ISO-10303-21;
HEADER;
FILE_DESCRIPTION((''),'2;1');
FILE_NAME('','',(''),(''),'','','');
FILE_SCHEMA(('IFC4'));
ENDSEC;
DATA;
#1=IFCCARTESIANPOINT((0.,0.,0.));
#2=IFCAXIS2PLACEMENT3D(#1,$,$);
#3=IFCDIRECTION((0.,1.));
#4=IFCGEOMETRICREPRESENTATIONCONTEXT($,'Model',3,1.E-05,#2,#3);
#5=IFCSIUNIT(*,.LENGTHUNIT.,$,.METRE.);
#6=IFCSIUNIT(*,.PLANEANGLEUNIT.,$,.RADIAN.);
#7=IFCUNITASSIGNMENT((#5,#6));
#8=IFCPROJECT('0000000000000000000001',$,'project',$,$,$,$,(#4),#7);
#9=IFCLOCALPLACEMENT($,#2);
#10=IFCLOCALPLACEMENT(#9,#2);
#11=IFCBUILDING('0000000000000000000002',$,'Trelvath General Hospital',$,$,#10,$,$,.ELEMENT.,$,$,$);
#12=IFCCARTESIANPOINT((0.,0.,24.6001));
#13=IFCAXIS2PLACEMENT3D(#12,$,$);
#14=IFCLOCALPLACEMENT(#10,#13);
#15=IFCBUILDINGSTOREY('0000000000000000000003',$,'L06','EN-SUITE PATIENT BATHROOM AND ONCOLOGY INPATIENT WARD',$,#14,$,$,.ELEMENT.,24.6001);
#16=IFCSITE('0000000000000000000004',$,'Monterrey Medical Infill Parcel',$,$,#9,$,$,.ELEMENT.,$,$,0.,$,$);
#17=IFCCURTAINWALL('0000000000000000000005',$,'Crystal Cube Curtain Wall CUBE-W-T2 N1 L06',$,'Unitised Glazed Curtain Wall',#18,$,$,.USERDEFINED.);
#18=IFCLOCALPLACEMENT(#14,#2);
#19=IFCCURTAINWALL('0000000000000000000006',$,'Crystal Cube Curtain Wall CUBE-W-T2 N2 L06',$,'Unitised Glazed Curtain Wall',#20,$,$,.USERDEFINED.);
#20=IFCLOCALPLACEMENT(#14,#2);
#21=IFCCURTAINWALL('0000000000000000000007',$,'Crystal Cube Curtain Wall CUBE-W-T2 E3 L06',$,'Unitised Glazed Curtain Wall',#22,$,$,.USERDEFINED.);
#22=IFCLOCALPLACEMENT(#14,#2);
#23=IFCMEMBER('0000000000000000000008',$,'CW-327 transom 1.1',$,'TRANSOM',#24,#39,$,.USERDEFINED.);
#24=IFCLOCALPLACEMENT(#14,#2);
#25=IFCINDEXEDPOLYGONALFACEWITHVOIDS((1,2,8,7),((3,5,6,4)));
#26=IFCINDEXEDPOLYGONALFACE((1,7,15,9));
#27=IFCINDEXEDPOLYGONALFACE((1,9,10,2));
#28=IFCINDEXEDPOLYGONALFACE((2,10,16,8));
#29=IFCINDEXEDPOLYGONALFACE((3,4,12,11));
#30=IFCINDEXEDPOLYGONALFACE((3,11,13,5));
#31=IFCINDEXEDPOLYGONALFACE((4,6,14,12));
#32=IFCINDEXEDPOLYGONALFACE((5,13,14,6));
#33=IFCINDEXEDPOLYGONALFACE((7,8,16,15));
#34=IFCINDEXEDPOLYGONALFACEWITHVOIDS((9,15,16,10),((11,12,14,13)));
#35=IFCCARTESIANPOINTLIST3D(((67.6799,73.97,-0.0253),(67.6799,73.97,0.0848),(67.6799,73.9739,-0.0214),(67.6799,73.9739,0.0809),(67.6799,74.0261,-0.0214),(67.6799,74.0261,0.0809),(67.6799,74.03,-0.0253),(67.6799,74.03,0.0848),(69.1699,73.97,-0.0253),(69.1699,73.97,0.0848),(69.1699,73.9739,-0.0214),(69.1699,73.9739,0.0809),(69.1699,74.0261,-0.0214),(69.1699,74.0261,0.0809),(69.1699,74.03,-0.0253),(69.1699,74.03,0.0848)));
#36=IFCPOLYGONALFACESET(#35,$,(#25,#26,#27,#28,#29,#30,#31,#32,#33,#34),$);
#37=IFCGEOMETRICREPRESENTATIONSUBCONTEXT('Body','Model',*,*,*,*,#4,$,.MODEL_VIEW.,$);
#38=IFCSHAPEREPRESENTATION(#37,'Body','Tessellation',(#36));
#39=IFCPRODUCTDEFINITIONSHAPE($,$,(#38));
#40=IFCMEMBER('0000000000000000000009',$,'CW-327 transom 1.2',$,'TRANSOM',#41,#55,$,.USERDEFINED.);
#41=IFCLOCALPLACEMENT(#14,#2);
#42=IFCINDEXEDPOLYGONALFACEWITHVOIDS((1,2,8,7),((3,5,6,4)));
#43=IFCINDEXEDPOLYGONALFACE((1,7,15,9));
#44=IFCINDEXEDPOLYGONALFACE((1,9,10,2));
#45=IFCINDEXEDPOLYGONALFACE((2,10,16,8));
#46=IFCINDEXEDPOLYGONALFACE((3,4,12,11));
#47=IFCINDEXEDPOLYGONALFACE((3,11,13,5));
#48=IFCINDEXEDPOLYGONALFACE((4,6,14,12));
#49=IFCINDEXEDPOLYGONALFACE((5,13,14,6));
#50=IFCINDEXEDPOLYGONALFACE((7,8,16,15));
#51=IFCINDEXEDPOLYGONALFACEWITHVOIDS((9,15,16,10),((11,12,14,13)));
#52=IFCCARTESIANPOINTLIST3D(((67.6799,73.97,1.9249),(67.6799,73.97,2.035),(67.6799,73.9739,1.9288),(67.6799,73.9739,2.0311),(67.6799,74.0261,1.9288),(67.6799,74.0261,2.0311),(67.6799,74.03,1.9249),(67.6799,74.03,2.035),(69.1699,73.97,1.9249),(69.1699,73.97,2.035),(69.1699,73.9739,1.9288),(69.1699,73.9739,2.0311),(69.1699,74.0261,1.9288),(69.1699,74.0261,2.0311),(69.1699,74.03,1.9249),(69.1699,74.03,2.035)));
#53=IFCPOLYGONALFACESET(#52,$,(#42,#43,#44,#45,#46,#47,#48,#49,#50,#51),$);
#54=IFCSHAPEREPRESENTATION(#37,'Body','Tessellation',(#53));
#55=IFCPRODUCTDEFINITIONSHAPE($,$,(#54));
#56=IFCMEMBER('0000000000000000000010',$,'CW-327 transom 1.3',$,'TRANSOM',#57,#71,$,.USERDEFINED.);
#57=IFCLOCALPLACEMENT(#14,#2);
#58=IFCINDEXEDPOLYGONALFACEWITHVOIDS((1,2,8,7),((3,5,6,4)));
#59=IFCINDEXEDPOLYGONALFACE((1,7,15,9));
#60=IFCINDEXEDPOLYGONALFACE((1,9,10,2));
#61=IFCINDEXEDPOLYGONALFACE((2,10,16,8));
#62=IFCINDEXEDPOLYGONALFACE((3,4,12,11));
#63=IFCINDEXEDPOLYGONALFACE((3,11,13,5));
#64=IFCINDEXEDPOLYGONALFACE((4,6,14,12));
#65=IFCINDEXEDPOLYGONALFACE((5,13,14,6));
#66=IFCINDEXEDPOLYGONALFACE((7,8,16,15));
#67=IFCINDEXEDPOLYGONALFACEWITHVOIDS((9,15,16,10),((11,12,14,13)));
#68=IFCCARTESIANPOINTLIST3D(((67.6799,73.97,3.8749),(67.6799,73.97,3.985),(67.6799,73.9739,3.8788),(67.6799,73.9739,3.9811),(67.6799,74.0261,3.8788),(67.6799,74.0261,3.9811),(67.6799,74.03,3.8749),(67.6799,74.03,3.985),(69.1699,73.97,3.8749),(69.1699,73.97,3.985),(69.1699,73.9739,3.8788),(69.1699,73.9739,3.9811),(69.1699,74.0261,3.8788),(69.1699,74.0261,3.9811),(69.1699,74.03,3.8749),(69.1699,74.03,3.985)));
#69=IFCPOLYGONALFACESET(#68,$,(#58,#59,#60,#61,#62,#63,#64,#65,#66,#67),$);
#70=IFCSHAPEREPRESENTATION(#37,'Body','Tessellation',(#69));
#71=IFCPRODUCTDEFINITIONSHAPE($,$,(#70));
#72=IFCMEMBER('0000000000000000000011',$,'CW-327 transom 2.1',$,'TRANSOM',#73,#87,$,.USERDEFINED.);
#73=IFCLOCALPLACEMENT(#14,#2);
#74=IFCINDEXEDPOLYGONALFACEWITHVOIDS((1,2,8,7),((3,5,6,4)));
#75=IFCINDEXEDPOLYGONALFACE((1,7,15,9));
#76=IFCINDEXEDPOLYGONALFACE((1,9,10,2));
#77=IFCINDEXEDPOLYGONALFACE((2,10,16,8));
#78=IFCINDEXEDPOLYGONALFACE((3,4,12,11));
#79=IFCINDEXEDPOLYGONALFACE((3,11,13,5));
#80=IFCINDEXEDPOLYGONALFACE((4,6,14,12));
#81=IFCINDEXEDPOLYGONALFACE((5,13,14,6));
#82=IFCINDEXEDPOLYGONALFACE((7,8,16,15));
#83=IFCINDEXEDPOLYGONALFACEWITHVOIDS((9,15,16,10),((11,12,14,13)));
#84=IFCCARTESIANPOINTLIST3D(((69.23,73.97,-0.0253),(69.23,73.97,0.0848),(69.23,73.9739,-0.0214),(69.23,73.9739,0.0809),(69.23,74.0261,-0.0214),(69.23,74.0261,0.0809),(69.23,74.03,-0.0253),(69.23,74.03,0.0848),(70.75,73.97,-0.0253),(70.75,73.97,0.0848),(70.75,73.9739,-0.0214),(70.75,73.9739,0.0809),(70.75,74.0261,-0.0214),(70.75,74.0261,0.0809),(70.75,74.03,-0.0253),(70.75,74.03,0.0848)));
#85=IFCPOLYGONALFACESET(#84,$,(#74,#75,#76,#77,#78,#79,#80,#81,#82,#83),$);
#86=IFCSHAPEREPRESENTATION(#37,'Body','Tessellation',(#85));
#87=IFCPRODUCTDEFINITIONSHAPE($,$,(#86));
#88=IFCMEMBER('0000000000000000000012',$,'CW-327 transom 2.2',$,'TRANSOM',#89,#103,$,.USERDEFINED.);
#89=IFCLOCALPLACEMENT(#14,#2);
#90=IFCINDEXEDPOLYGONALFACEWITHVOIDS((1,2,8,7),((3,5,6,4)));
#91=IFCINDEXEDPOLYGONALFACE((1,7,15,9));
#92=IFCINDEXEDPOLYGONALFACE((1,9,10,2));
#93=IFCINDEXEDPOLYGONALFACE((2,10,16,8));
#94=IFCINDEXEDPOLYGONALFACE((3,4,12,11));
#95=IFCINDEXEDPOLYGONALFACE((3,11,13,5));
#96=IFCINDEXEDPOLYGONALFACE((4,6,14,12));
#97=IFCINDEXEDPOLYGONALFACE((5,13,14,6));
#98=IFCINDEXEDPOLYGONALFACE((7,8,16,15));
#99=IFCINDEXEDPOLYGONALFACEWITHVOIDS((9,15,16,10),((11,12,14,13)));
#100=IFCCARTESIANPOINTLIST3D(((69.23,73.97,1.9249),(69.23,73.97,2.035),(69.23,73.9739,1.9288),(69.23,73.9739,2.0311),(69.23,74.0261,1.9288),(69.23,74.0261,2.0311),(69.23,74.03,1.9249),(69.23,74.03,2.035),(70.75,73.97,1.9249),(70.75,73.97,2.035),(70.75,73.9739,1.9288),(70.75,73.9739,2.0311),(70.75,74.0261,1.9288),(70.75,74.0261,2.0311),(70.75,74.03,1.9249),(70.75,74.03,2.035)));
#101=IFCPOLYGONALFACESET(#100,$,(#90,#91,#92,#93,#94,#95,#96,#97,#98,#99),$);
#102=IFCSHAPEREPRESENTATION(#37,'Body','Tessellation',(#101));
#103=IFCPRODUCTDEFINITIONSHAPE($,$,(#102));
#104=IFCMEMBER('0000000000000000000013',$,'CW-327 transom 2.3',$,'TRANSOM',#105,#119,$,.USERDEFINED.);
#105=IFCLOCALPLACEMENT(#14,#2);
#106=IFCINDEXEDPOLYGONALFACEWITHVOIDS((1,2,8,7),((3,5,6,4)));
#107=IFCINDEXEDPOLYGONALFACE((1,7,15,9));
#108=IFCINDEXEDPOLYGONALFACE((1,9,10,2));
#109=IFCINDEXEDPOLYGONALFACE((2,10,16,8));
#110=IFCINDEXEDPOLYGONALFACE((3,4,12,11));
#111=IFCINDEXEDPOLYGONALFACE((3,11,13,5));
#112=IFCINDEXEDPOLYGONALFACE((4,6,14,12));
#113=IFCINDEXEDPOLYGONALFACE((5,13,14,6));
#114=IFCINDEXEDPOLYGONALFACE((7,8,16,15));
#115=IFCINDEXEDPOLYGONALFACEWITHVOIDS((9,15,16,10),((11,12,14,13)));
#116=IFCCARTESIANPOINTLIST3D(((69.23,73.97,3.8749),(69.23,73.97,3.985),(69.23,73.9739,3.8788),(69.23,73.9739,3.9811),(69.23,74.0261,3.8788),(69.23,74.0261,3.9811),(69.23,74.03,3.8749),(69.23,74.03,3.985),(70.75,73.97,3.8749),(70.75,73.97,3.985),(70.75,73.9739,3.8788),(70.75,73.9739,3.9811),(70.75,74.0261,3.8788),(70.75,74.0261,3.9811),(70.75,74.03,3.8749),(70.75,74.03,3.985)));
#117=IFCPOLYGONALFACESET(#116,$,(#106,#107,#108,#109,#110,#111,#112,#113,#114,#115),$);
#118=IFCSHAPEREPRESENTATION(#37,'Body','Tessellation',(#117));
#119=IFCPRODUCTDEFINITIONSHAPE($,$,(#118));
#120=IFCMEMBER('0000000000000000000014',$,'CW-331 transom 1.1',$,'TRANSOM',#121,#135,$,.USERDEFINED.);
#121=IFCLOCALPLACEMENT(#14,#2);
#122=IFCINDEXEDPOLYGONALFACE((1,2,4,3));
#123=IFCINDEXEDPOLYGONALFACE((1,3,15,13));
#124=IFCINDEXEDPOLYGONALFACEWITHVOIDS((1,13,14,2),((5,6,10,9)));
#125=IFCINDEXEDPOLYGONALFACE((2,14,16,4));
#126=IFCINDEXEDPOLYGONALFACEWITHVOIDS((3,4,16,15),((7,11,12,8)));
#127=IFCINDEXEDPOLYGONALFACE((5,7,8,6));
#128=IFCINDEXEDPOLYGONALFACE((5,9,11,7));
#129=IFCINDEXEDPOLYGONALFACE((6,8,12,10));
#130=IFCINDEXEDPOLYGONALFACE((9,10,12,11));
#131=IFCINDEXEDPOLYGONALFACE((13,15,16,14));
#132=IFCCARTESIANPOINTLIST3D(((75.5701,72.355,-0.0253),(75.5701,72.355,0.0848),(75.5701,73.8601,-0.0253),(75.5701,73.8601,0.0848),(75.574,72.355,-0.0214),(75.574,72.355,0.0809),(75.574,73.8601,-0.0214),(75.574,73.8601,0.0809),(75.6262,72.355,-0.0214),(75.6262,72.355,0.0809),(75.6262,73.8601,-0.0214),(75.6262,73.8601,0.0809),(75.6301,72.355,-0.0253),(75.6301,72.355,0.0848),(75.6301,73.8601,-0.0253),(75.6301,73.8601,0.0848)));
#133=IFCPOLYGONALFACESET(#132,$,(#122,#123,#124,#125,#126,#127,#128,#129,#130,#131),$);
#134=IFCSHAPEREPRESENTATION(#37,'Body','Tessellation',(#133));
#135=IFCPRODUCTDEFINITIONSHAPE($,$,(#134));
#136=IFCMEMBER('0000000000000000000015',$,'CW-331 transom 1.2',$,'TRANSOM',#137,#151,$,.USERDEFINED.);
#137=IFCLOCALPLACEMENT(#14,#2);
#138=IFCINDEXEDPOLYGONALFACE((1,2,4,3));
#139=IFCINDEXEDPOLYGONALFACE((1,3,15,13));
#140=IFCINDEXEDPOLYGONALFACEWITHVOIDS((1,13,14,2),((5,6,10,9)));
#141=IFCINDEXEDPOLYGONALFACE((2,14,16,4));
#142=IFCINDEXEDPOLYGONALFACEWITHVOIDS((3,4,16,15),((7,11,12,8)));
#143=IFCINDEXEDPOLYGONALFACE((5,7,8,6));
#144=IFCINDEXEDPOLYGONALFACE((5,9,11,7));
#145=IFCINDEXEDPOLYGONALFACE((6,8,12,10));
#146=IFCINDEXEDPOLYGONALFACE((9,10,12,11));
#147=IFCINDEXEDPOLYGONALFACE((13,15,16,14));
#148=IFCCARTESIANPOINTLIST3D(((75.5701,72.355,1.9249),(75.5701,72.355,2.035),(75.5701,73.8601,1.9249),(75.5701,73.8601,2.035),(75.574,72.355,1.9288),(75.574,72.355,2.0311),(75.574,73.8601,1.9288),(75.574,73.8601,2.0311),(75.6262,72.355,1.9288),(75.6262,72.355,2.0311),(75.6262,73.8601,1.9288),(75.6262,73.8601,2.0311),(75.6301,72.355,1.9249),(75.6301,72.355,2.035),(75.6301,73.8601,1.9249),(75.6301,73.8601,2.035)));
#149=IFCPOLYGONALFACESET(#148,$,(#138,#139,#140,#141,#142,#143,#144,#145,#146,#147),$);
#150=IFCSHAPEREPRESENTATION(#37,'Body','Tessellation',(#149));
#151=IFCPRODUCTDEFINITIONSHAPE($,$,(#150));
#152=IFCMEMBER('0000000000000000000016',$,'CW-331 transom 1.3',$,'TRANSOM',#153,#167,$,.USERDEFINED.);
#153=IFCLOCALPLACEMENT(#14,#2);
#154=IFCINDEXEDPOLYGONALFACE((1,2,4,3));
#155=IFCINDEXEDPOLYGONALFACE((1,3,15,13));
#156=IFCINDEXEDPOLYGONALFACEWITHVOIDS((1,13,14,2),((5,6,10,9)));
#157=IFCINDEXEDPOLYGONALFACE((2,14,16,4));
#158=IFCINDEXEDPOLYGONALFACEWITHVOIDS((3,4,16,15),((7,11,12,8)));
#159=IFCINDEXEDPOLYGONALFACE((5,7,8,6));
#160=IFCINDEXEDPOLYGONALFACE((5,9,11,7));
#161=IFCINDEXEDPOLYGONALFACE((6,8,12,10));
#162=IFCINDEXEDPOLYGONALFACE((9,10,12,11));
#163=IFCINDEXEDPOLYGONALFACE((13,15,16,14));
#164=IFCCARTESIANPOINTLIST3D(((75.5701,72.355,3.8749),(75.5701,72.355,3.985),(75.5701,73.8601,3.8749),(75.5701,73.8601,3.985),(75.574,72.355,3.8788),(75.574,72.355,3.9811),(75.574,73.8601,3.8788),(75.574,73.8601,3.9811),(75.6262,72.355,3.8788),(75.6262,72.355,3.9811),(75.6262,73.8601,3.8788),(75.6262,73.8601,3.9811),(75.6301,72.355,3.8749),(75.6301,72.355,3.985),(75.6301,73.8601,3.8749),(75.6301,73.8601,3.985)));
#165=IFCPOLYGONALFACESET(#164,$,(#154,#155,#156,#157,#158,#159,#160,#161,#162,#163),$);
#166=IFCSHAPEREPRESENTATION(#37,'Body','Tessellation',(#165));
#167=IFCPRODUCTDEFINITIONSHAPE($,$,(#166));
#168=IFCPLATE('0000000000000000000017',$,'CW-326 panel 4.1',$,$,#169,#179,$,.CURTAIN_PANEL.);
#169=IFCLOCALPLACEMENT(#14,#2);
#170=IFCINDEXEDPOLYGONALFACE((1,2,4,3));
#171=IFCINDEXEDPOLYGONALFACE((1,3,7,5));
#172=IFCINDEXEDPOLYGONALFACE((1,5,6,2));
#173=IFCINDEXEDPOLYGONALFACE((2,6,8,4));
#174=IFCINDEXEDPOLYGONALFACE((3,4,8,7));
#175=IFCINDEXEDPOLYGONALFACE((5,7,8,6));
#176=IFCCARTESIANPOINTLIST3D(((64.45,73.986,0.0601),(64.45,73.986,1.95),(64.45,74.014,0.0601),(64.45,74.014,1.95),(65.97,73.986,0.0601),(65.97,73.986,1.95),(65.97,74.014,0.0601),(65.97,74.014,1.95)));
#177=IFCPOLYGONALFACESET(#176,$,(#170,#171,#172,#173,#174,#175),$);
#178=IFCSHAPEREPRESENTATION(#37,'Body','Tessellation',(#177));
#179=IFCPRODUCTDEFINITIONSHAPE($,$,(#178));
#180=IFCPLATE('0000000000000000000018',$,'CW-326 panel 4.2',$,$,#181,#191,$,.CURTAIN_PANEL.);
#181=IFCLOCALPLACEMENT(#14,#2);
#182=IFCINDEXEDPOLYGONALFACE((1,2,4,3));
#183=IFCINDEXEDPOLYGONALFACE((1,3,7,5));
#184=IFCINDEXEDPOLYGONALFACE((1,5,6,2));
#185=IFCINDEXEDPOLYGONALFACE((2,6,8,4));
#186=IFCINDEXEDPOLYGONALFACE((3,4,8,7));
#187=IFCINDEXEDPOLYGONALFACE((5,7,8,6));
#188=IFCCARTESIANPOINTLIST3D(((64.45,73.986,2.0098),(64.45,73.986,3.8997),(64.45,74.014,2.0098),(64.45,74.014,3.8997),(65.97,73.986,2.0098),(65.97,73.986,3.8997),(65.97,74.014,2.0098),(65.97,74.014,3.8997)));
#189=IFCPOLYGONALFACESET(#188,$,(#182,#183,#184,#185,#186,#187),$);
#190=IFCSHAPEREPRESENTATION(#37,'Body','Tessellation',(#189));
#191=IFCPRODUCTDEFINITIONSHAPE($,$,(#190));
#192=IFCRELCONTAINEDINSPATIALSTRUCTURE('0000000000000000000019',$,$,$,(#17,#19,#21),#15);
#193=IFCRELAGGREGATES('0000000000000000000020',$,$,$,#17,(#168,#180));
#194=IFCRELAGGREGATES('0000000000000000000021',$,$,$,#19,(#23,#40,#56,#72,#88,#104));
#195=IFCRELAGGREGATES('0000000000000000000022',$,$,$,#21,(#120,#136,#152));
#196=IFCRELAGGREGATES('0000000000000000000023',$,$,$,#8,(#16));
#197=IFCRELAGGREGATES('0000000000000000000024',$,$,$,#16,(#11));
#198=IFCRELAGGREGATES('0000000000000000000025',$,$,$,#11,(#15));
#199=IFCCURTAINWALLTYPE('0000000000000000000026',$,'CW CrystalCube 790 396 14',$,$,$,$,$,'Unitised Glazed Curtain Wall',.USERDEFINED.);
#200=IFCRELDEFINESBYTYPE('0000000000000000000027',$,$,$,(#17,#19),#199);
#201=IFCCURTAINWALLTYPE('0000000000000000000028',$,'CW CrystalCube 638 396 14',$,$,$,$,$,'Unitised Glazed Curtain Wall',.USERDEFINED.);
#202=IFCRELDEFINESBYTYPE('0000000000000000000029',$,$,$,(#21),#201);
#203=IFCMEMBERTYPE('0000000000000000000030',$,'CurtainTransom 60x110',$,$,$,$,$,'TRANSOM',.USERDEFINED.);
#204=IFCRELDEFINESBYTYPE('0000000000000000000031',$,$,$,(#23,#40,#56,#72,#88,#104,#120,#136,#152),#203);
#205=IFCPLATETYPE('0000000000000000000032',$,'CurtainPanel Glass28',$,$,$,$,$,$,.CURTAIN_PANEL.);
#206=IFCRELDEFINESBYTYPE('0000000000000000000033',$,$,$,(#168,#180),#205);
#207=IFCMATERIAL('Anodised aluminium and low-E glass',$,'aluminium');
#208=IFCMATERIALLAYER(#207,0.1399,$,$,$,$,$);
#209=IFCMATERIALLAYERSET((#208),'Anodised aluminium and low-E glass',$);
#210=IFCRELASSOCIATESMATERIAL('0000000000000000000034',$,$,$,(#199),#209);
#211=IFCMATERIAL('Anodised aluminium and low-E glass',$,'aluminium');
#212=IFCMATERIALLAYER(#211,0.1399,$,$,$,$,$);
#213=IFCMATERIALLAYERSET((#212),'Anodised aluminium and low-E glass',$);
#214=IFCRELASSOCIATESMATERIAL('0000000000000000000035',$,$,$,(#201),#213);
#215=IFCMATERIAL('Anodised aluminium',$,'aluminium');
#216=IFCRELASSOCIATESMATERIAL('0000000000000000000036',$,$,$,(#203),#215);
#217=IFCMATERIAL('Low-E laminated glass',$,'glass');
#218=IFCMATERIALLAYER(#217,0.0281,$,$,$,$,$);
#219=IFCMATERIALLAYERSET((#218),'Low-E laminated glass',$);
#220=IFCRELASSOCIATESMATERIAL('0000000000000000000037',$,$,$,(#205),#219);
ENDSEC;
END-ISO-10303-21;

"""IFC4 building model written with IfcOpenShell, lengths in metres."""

from ifc_helpers import new_model, si_unit, direction, frame, origin, origin_2d, place, context, subcontext, project, spatial, rectangle, hollow_rectangle, extrude, material, layer, layer_set, material_profile, profile_set, type_object, element, aggregate, save


model = new_model("IFC4")

# Units and contexts
model_context = context("Model", 3, precision=1e-05, world=origin(), true_north=direction((0.0, 1.0)))
body_context = subcontext(model_context, "Body", "Model", "MODEL_VIEW")
ifc_project = project(units=[si_unit("LENGTHUNIT", "METRE"), si_unit("PLANEANGLEUNIT", "RADIAN")], contexts=[model_context])

# Site, building, storey
site_placement = place(None, origin())
site = spatial("IfcSite", under=ifc_project, at=site_placement, Name="Monterrey Medical Infill Parcel", CompositionType="ELEMENT", RefElevation=0.0)
building_placement = place(site_placement, origin())
building = spatial("IfcBuilding", under=site, at=building_placement, Name="Trelvath General Hospital", CompositionType="ELEMENT")
storey_placement = place(building_placement, frame((0.0, 0.0, 24.6001)))
storey = spatial("IfcBuildingStorey", under=building, at=storey_placement, Name="L06", Description="EN-SUITE PATIENT BATHROOM AND ONCOLOGY INPATIENT WARD", CompositionType="ELEMENT", Elevation=24.6001)

# Curtain walls
ifc_material_1 = material(Name="Anodised aluminium and low-E glass", Category="aluminium")
ifc_layer_1 = layer(ifc_material_1, 0.1399)
ifc_layer_set_1 = layer_set([ifc_layer_1], Name="Anodised aluminium and low-E glass")
curtain_wall_type_1 = type_object("IfcCurtainWallType", Name="CW CrystalCube 790 396 14", ElementType="Unitised Glazed Curtain Wall", PredefinedType="USERDEFINED", material=ifc_layer_set_1)
curtain_wall_1_placement = place(storey_placement, origin())
curtain_wall_1 = element("IfcCurtainWall", 1, at=curtain_wall_1_placement, inside=storey, type_object=curtain_wall_type_1, Name="Crystal Cube Curtain Wall CUBE-W-T2 N1 L06", ObjectType="Unitised Glazed Curtain Wall", PredefinedType="USERDEFINED")
curtain_wall_2_placement = place(storey_placement, origin())
curtain_wall_2 = element("IfcCurtainWall", 2, at=curtain_wall_2_placement, inside=storey, type_object=curtain_wall_type_1, Name="Crystal Cube Curtain Wall CUBE-W-T2 N2 L06", ObjectType="Unitised Glazed Curtain Wall", PredefinedType="USERDEFINED")

# Curtain wall
ifc_material_2 = material(Name="Anodised aluminium and low-E glass", Category="aluminium")
ifc_layer_2 = layer(ifc_material_2, 0.1399)
ifc_layer_set_2 = layer_set([ifc_layer_2], Name="Anodised aluminium and low-E glass")
curtain_wall_type_2 = type_object("IfcCurtainWallType", Name="CW CrystalCube 638 396 14", ElementType="Unitised Glazed Curtain Wall", PredefinedType="USERDEFINED", material=ifc_layer_set_2)
curtain_wall_3_placement = place(storey_placement, origin())
curtain_wall_3 = element("IfcCurtainWall", 3, at=curtain_wall_3_placement, inside=storey, type_object=curtain_wall_type_2, Name="Crystal Cube Curtain Wall CUBE-W-T2 E3 L06", ObjectType="Unitised Glazed Curtain Wall", PredefinedType="USERDEFINED")

# Members
ifc_material_3 = material(Name="Anodised aluminium", Category="aluminium")
ifc_material_profile_1 = material_profile(ifc_material_3, hollow_rectangle(XDim=0.0601, YDim=0.1101, WallThickness=0.0039, at=origin_2d()), Name="RHS60x110x4")
ifc_profile_set_1 = profile_set([ifc_material_profile_1], Name="Anodised aluminium")
member_type_1 = type_object("IfcMemberType", Name="CurtainTransom 60x110", ElementType="TRANSOM", PredefinedType="USERDEFINED", material=ifc_profile_set_1)
member_1_placement = place(storey_placement, frame((67.6799, 74.0, 0.0298), z_axis=(1.0, 0.0, 0.0), x_axis=(0.0, 1.0, 0.0)))
member_1 = element("IfcMember", 4, at=member_1_placement, type_object=member_type_1, Name="CW-327 transom 1.1", ObjectType="TRANSOM", PredefinedType="USERDEFINED", context=body_context, shape_type="SweptSolid", body=[
    extrude(hollow_rectangle(XDim=0.0601, YDim=0.1101, WallThickness=0.0039, at=origin_2d()), origin(), (0.0, 0.0, 1.0), 1.49),
])
member_2_placement = place(storey_placement, frame((67.6799, 74.0, 1.98), z_axis=(1.0, 0.0, 0.0), x_axis=(0.0, 1.0, 0.0)))
member_2 = element("IfcMember", 5, at=member_2_placement, type_object=member_type_1, Name="CW-327 transom 1.2", ObjectType="TRANSOM", PredefinedType="USERDEFINED", context=body_context, shape_type="SweptSolid", body=[
    extrude(hollow_rectangle(XDim=0.0601, YDim=0.1101, WallThickness=0.0039, at=origin_2d()), origin(), (0.0, 0.0, 1.0), 1.49),
])
member_3_placement = place(storey_placement, frame((67.6799, 74.0, 3.9299), z_axis=(1.0, 0.0, 0.0), x_axis=(0.0, 1.0, 0.0)))
member_3 = element("IfcMember", 6, at=member_3_placement, type_object=member_type_1, Name="CW-327 transom 1.3", ObjectType="TRANSOM", PredefinedType="USERDEFINED", context=body_context, shape_type="SweptSolid", body=[
    extrude(hollow_rectangle(XDim=0.0601, YDim=0.1101, WallThickness=0.0039, at=origin_2d()), origin(), (0.0, 0.0, 1.0), 1.49),
])
member_4_placement = place(storey_placement, frame((69.23, 74.0, 0.0298), z_axis=(1.0, 0.0, 0.0), x_axis=(0.0, 1.0, 0.0)))
member_4 = element("IfcMember", 7, at=member_4_placement, type_object=member_type_1, Name="CW-327 transom 2.1", ObjectType="TRANSOM", PredefinedType="USERDEFINED", context=body_context, shape_type="SweptSolid", body=[
    extrude(hollow_rectangle(XDim=0.0601, YDim=0.1101, WallThickness=0.0039, at=origin_2d()), origin(), (0.0, 0.0, 1.0), 1.52),
])
member_5_placement = place(storey_placement, frame((69.23, 74.0, 1.98), z_axis=(1.0, 0.0, 0.0), x_axis=(0.0, 1.0, 0.0)))
member_5 = element("IfcMember", 8, at=member_5_placement, type_object=member_type_1, Name="CW-327 transom 2.2", ObjectType="TRANSOM", PredefinedType="USERDEFINED", context=body_context, shape_type="SweptSolid", body=[
    extrude(hollow_rectangle(XDim=0.0601, YDim=0.1101, WallThickness=0.0039, at=origin_2d()), origin(), (0.0, 0.0, 1.0), 1.52),
])
member_6_placement = place(storey_placement, frame((69.23, 74.0, 3.9299), z_axis=(1.0, 0.0, 0.0), x_axis=(0.0, 1.0, 0.0)))
member_6 = element("IfcMember", 9, at=member_6_placement, type_object=member_type_1, Name="CW-327 transom 2.3", ObjectType="TRANSOM", PredefinedType="USERDEFINED", context=body_context, shape_type="SweptSolid", body=[
    extrude(hollow_rectangle(XDim=0.0601, YDim=0.1101, WallThickness=0.0039, at=origin_2d()), origin(), (0.0, 0.0, 1.0), 1.52),
])
member_7_placement = place(storey_placement, frame((75.6001, 73.8601, 0.0298), z_axis=(0.0, -1.0, 0.0), x_axis=(1.0, 0.0, 0.0)))
member_7 = element("IfcMember", 10, at=member_7_placement, type_object=member_type_1, Name="CW-331 transom 1.1", ObjectType="TRANSOM", PredefinedType="USERDEFINED", context=body_context, shape_type="SweptSolid", body=[
    extrude(hollow_rectangle(XDim=0.0601, YDim=0.1101, WallThickness=0.0039, at=origin_2d()), origin(), (0.0, 0.0, 1.0), 1.5051),
])
member_8_placement = place(storey_placement, frame((75.6001, 73.8601, 1.98), z_axis=(0.0, -1.0, 0.0), x_axis=(1.0, 0.0, 0.0)))
member_8 = element("IfcMember", 11, at=member_8_placement, type_object=member_type_1, Name="CW-331 transom 1.2", ObjectType="TRANSOM", PredefinedType="USERDEFINED", context=body_context, shape_type="SweptSolid", body=[
    extrude(hollow_rectangle(XDim=0.0601, YDim=0.1101, WallThickness=0.0039, at=origin_2d()), origin(), (0.0, 0.0, 1.0), 1.5051),
])
member_9_placement = place(storey_placement, frame((75.6001, 73.8601, 3.9299), z_axis=(0.0, -1.0, 0.0), x_axis=(1.0, 0.0, 0.0)))
member_9 = element("IfcMember", 12, at=member_9_placement, type_object=member_type_1, Name="CW-331 transom 1.3", ObjectType="TRANSOM", PredefinedType="USERDEFINED", context=body_context, shape_type="SweptSolid", body=[
    extrude(hollow_rectangle(XDim=0.0601, YDim=0.1101, WallThickness=0.0039, at=origin_2d()), origin(), (0.0, 0.0, 1.0), 1.5051),
])

# Plates
ifc_material_4 = material(Name="Low-E laminated glass", Category="glass")
ifc_layer_3 = layer(ifc_material_4, 0.0281)
ifc_layer_set_3 = layer_set([ifc_layer_3], Name="Low-E laminated glass")
plate_type = type_object("IfcPlateType", Name="CurtainPanel Glass28", PredefinedType="CURTAIN_PANEL", material=ifc_layer_set_3)
plate_1_placement = place(storey_placement, frame((65.21, 74.0, 0.0601), z_axis=(0.0, 0.0, 1.0), x_axis=(1.0, 0.0, 0.0)))
plate_1 = element("IfcPlate", 13, at=plate_1_placement, type_object=plate_type, Name="CW-326 panel 4.1", PredefinedType="CURTAIN_PANEL", context=body_context, shape_type="SweptSolid", body=[
    extrude(rectangle(XDim=1.52, YDim=0.0281, at=origin_2d()), origin(), (0.0, 0.0, 1.0), 1.8899),
])
plate_2_placement = place(storey_placement, frame((65.21, 74.0, 2.0098), z_axis=(0.0, 0.0, 1.0), x_axis=(1.0, 0.0, 0.0)))
plate_2 = element("IfcPlate", 14, at=plate_2_placement, type_object=plate_type, Name="CW-326 panel 4.2", PredefinedType="CURTAIN_PANEL", context=body_context, shape_type="SweptSolid", body=[
    extrude(rectangle(XDim=1.52, YDim=0.0281, at=origin_2d()), origin(), (0.0, 0.0, 1.0), 1.8899),
])
aggregate(curtain_wall_1, [plate_1, plate_2])
aggregate(curtain_wall_2, [member_1, member_2, member_3, member_4, member_5, member_6])
aggregate(curtain_wall_3, [member_7, member_8, member_9])

save(model, "model.ifc")
